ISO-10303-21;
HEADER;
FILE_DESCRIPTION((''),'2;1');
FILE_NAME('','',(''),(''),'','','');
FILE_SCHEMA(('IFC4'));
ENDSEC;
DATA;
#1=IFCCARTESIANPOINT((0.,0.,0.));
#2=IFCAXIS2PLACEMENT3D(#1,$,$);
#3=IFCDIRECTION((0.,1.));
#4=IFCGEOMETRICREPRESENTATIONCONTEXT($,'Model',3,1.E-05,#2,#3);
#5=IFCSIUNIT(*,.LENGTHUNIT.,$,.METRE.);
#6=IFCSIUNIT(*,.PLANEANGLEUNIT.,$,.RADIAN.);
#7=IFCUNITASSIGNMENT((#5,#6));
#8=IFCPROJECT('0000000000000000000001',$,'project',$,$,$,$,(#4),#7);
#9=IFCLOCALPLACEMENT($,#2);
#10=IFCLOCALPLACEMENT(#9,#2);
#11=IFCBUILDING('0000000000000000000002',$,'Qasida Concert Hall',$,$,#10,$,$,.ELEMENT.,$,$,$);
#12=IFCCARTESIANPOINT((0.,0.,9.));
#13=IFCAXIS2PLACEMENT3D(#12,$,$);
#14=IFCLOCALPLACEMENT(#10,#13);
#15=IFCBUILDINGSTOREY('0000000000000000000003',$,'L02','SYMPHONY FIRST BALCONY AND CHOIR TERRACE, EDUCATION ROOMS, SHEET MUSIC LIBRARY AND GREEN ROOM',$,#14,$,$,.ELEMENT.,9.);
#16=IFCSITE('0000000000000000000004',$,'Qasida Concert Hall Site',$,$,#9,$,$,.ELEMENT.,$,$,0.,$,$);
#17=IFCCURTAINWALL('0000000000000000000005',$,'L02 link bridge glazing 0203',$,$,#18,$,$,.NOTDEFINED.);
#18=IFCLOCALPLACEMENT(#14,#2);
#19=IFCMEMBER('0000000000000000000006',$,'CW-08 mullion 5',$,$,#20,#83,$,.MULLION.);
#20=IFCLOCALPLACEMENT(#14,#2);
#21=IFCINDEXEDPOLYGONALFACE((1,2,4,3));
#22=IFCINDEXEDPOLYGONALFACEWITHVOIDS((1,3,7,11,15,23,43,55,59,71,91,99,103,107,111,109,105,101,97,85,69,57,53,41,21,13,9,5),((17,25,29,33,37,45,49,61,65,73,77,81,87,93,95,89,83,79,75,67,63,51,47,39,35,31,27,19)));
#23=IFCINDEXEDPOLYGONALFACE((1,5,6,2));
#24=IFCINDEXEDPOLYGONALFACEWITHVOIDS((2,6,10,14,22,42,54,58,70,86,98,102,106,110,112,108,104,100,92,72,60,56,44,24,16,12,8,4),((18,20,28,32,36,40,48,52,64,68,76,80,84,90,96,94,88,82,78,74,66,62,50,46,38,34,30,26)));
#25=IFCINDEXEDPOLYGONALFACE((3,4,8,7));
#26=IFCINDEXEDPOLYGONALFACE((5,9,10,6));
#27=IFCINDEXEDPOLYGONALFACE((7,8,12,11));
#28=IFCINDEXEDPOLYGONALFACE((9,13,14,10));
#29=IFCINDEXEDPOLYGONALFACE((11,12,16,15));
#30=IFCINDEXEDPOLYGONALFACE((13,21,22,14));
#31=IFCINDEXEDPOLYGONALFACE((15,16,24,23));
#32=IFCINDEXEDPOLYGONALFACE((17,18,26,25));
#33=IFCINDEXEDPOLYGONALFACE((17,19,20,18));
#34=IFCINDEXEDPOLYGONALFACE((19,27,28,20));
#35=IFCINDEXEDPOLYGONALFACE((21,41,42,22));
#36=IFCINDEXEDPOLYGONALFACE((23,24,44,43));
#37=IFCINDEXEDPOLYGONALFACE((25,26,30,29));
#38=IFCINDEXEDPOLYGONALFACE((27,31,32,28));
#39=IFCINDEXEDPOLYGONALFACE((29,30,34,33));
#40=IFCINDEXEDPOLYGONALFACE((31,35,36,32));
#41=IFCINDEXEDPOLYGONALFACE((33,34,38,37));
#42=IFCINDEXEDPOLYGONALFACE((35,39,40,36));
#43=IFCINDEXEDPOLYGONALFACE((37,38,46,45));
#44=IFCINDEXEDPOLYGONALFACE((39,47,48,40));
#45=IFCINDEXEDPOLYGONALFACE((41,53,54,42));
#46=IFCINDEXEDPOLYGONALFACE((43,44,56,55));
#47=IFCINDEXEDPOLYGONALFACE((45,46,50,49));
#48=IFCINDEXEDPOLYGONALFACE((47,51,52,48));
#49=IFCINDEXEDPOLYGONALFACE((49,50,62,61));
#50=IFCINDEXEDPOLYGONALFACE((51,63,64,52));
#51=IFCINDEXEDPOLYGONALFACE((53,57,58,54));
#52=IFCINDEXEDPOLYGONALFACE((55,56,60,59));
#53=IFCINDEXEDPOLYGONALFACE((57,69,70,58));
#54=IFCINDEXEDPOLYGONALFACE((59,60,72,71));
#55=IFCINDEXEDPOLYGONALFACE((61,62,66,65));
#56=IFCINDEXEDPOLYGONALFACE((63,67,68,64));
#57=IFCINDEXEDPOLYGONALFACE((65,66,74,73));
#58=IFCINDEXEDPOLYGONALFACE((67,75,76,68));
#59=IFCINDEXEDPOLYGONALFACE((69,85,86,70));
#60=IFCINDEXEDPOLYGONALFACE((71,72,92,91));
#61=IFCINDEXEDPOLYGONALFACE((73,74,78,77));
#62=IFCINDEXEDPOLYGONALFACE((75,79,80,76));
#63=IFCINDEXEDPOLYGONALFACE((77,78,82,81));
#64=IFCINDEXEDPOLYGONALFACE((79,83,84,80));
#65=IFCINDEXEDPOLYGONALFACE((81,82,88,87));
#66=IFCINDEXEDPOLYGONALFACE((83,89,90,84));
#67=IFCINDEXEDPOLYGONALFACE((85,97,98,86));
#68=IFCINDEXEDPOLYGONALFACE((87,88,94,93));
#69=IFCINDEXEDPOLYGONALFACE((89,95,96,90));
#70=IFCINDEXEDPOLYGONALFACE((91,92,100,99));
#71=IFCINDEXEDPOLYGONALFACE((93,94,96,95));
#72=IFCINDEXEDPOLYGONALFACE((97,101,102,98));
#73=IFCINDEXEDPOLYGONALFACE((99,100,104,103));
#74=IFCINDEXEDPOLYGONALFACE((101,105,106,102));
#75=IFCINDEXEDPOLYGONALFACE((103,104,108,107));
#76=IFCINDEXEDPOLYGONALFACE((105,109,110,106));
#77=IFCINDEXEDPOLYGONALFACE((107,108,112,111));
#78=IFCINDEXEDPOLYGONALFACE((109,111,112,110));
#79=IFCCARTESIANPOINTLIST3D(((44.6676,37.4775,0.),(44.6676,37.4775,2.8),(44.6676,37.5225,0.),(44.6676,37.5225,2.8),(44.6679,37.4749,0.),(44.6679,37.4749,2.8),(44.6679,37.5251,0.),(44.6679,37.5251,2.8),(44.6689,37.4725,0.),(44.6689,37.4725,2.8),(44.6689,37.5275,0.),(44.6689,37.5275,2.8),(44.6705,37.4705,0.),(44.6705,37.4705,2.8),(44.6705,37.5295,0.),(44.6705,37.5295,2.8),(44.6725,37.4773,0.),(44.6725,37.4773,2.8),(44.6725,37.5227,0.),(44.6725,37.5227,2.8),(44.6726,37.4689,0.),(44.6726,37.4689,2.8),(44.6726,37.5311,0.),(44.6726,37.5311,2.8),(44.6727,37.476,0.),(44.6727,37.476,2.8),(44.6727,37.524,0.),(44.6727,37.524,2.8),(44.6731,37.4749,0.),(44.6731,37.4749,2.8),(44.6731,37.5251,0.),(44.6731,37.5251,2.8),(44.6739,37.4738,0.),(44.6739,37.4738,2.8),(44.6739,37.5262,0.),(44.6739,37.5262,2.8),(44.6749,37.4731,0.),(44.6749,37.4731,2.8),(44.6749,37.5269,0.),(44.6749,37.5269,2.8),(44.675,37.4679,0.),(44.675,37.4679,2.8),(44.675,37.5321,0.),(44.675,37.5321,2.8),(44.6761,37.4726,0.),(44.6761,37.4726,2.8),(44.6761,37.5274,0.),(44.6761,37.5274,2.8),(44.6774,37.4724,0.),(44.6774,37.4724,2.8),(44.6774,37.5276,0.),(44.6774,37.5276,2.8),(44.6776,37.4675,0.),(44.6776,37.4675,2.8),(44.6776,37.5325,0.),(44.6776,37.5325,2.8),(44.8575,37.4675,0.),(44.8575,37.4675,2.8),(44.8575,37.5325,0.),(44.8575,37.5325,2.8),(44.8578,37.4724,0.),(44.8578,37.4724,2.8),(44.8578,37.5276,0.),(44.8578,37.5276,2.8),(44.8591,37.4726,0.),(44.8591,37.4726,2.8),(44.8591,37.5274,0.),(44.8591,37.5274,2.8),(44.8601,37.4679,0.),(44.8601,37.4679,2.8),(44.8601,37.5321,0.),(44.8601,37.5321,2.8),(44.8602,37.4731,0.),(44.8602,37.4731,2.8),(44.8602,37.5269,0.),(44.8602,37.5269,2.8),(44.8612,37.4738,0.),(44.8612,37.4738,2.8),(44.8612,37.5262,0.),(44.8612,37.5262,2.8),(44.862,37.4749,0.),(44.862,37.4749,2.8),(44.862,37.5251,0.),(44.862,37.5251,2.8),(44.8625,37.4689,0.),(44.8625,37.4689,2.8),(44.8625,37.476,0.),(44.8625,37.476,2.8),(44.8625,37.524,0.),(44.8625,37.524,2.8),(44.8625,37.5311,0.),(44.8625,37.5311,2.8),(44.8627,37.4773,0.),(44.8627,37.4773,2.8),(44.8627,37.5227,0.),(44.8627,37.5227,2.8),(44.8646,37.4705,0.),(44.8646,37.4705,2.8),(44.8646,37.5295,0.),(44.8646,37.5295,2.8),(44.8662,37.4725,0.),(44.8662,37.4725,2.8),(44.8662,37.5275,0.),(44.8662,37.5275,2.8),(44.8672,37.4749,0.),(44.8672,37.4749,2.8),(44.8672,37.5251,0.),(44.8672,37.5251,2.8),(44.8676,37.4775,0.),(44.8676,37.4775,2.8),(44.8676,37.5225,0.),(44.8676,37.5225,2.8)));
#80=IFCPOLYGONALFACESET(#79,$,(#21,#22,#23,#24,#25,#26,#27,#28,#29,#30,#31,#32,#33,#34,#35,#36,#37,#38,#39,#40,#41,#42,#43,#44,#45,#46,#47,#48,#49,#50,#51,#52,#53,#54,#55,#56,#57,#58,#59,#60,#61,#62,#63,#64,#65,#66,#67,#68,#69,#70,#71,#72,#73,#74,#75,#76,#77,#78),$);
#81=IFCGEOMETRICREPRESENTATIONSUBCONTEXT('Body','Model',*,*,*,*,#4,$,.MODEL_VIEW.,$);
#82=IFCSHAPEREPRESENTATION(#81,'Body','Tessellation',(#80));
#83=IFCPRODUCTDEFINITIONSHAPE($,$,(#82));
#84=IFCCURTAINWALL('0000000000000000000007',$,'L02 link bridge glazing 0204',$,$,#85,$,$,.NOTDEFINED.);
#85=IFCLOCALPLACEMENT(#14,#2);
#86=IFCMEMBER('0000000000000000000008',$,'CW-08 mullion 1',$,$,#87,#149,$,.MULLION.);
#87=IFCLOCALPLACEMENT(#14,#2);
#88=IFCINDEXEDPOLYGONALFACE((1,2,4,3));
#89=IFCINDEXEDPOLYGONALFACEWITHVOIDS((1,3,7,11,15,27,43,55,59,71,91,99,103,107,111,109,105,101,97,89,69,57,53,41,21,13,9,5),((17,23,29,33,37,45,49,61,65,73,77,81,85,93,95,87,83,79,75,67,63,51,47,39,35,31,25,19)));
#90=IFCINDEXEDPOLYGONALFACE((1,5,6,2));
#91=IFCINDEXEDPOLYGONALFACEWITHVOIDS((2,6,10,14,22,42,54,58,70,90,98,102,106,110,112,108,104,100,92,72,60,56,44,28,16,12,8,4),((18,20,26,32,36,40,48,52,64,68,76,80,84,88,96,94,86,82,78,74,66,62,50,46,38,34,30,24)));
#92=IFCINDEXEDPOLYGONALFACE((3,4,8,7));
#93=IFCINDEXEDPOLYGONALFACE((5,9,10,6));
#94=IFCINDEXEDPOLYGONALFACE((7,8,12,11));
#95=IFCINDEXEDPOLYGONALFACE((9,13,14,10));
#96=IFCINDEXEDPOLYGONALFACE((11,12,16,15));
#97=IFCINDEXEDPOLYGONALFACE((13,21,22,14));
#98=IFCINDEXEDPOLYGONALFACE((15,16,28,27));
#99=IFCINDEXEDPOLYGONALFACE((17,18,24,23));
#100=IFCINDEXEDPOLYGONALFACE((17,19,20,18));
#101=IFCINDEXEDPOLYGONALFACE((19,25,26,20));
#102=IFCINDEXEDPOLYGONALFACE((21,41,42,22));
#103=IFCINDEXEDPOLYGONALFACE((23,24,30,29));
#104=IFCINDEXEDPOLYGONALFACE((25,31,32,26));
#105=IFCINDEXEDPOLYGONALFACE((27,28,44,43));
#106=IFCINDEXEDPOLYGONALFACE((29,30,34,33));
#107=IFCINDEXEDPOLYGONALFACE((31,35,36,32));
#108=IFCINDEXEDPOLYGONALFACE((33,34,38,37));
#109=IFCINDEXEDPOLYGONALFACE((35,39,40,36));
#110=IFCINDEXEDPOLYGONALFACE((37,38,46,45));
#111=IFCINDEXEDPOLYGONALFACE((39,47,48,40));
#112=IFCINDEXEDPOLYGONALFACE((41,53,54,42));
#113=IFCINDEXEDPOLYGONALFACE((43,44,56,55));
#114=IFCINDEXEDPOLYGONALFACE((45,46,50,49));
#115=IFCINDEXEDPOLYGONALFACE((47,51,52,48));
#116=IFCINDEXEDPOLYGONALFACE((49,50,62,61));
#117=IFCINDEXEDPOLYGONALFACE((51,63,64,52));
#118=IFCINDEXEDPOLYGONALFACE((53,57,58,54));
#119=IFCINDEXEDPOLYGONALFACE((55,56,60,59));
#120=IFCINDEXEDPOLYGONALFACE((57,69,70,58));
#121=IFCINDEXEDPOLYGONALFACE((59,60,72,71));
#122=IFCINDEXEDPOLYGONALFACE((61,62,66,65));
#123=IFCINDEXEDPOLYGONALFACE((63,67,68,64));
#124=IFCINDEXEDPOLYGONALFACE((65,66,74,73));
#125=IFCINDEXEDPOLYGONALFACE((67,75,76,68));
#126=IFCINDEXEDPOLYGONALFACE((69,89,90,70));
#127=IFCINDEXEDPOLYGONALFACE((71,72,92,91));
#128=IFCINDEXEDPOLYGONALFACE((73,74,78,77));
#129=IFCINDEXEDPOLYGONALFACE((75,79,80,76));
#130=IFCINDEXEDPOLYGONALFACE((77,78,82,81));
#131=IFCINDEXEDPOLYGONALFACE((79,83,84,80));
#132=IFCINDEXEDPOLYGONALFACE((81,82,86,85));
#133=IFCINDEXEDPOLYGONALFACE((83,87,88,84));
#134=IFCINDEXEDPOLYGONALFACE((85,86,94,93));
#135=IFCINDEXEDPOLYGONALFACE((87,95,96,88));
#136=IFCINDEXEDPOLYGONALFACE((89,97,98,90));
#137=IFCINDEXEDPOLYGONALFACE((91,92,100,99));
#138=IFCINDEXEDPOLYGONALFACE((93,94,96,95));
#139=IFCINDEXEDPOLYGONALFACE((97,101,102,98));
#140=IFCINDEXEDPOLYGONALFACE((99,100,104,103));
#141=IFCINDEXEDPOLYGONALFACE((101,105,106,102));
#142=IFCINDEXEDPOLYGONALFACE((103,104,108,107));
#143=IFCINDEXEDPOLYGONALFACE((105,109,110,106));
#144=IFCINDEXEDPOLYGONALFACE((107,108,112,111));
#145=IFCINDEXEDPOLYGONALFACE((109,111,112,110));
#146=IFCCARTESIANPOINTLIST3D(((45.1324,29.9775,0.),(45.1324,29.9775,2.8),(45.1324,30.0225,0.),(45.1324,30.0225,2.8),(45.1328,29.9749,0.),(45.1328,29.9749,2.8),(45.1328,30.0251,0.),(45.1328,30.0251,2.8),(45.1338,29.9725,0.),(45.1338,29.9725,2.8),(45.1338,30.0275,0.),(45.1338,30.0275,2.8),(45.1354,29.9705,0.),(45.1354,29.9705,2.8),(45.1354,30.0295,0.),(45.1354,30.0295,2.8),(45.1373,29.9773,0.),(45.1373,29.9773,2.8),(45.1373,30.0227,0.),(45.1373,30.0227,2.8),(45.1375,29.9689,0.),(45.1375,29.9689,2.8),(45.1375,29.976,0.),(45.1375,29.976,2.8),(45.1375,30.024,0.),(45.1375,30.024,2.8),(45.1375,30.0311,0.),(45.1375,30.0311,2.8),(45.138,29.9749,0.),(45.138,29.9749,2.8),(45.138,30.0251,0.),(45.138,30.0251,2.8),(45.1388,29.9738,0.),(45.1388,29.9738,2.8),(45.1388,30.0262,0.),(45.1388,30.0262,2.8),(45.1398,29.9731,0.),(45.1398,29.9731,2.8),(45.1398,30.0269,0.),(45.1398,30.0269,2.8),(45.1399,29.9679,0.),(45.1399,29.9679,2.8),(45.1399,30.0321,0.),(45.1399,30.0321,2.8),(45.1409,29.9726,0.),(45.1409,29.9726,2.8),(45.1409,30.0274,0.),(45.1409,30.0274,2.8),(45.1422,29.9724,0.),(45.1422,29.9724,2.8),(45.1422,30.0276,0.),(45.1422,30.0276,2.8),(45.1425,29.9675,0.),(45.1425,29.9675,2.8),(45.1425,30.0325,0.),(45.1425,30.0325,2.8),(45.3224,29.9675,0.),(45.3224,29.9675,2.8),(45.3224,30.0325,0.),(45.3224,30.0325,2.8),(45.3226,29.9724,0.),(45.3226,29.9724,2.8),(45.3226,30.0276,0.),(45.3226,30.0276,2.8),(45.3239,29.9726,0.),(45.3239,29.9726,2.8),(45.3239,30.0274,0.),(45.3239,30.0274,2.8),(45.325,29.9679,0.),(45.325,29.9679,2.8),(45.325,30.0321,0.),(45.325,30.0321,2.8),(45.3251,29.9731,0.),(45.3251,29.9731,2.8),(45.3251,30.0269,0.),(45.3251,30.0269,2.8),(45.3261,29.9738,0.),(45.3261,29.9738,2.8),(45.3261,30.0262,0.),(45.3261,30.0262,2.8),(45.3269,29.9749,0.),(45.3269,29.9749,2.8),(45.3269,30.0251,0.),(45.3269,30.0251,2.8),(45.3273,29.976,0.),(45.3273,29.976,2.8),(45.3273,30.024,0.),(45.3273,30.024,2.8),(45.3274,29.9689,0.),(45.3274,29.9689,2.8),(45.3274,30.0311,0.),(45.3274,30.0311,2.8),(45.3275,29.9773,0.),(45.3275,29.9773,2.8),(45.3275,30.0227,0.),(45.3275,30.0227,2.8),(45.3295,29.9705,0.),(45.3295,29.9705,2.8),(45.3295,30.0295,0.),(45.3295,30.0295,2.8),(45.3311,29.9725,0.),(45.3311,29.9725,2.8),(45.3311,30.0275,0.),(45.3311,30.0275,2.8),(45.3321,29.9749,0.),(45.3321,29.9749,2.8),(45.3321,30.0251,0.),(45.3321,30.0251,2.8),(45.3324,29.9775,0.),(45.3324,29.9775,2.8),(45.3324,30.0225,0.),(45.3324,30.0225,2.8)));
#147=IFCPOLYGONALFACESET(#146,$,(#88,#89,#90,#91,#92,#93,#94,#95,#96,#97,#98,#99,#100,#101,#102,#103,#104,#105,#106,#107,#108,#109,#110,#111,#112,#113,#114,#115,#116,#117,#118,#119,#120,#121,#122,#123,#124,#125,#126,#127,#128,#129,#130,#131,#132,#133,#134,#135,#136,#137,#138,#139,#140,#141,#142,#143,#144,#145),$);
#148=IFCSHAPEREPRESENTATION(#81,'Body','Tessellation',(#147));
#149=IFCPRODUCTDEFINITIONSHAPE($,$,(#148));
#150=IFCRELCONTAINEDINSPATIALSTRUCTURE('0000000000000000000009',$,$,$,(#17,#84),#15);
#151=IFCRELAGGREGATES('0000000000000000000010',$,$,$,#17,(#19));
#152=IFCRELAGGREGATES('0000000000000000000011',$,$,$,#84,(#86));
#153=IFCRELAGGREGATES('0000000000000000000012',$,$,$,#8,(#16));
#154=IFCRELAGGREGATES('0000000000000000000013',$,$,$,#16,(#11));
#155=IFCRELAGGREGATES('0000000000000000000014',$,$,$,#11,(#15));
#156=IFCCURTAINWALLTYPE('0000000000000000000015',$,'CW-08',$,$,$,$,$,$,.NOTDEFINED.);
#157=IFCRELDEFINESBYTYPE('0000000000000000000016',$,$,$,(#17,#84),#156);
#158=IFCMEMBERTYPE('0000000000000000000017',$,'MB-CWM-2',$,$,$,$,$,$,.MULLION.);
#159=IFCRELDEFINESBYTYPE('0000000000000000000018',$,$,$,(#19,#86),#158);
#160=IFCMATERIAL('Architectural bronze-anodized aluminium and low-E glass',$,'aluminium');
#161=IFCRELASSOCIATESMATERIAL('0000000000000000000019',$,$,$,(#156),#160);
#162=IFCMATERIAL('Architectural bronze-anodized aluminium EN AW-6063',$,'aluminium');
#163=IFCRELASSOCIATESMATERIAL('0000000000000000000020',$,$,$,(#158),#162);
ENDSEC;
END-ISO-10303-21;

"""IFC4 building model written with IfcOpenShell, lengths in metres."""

from ifc_helpers import new_model, si_unit, direction, frame, origin, origin_2d, place, context, subcontext, project, spatial, hollow_rectangle, extrude, material, material_profile, profile_set, type_object, element, aggregate, save


model = new_model("IFC4")

# Units and contexts
model_context = context("Model", 3, precision=1e-05, world=origin(), true_north=direction((0.0, 1.0)))
body_context = subcontext(model_context, "Body", "Model", "MODEL_VIEW")
ifc_project = project(units=[si_unit("LENGTHUNIT", "METRE"), si_unit("PLANEANGLEUNIT", "RADIAN")], contexts=[model_context])

# Site, building, storey
site_placement = place(None, origin())
site = spatial("IfcSite", under=ifc_project, at=site_placement, Name="Qasida Concert Hall Site", CompositionType="ELEMENT", RefElevation=0.0)
building_placement = place(site_placement, origin())
building = spatial("IfcBuilding", under=site, at=building_placement, Name="Qasida Concert Hall", CompositionType="ELEMENT")
storey_placement = place(building_placement, frame((0.0, 0.0, 9.0)))
storey = spatial("IfcBuildingStorey", under=building, at=storey_placement, Name="L02", Description="SYMPHONY FIRST BALCONY AND CHOIR TERRACE, EDUCATION ROOMS, SHEET MUSIC LIBRARY AND GREEN ROOM", CompositionType="ELEMENT", Elevation=9.0)

# Curtain wall, member
ifc_material_1 = material(Name="Architectural bronze-anodized aluminium and low-E glass", Category="aluminium")
curtain_wall_type = type_object("IfcCurtainWallType", Name="CW-08", PredefinedType="NOTDEFINED", material=ifc_material_1)
curtain_wall_1_placement = place(storey_placement, origin())
curtain_wall_1 = element("IfcCurtainWall", 1, at=curtain_wall_1_placement, inside=storey, type_object=curtain_wall_type, Name="L02 link bridge glazing 0203", PredefinedType="NOTDEFINED")
ifc_material_2 = material(Name="Architectural bronze-anodized aluminium EN AW-6063", Category="aluminium")
ifc_material_profile_1 = material_profile(ifc_material_2, hollow_rectangle(XDim=0.0649, YDim=0.2, WallThickness=0.0049, InnerFilletRadius=0.0049, OuterFilletRadius=0.01, at=origin_2d()), Name="CWM 200x65x5")
ifc_profile_set_1 = profile_set([ifc_material_profile_1], Name="Architectural bronze-anodized aluminium EN AW-6063")
member_type_1 = type_object("IfcMemberType", Name="MB-CWM-2", PredefinedType="MULLION", material=ifc_profile_set_1)
member_1_placement = place(storey_placement, frame((44.7676, 37.5, 0.0), z_axis=(0.0, 0.0, 1.0), x_axis=(0.0, 1.0, 0.0)))
member_1 = element("IfcMember", 2, at=member_1_placement, type_object=member_type_1, Name="CW-08 mullion 5", PredefinedType="MULLION", context=body_context, shape_type="SweptSolid", body=[
    extrude(hollow_rectangle(XDim=0.0649, YDim=0.2, WallThickness=0.0049, InnerFilletRadius=0.0049, OuterFilletRadius=0.01, at=origin_2d()), origin(), (0.0, 0.0, 1.0), 2.8),
])
aggregate(curtain_wall_1, [member_1])

# Curtain wall, member
curtain_wall_2_placement = place(storey_placement, origin())
curtain_wall_2 = element("IfcCurtainWall", 3, at=curtain_wall_2_placement, inside=storey, type_object=curtain_wall_type, Name="L02 link bridge glazing 0204", PredefinedType="NOTDEFINED")
member_2_placement = place(storey_placement, frame((45.2324, 30.0, 0.0), z_axis=(0.0, 0.0, 1.0), x_axis=(0.0, 1.0, 0.0)))
member_2 = element("IfcMember", 4, at=member_2_placement, type_object=member_type_1, Name="CW-08 mullion 1", PredefinedType="MULLION", context=body_context, shape_type="SweptSolid", body=[
    extrude(hollow_rectangle(XDim=0.0649, YDim=0.2, WallThickness=0.0049, InnerFilletRadius=0.0049, OuterFilletRadius=0.01, at=origin_2d()), origin(), (0.0, 0.0, 1.0), 2.8),
])

aggregate(curtain_wall_2, [member_2])

save(model, "model.ifc")
